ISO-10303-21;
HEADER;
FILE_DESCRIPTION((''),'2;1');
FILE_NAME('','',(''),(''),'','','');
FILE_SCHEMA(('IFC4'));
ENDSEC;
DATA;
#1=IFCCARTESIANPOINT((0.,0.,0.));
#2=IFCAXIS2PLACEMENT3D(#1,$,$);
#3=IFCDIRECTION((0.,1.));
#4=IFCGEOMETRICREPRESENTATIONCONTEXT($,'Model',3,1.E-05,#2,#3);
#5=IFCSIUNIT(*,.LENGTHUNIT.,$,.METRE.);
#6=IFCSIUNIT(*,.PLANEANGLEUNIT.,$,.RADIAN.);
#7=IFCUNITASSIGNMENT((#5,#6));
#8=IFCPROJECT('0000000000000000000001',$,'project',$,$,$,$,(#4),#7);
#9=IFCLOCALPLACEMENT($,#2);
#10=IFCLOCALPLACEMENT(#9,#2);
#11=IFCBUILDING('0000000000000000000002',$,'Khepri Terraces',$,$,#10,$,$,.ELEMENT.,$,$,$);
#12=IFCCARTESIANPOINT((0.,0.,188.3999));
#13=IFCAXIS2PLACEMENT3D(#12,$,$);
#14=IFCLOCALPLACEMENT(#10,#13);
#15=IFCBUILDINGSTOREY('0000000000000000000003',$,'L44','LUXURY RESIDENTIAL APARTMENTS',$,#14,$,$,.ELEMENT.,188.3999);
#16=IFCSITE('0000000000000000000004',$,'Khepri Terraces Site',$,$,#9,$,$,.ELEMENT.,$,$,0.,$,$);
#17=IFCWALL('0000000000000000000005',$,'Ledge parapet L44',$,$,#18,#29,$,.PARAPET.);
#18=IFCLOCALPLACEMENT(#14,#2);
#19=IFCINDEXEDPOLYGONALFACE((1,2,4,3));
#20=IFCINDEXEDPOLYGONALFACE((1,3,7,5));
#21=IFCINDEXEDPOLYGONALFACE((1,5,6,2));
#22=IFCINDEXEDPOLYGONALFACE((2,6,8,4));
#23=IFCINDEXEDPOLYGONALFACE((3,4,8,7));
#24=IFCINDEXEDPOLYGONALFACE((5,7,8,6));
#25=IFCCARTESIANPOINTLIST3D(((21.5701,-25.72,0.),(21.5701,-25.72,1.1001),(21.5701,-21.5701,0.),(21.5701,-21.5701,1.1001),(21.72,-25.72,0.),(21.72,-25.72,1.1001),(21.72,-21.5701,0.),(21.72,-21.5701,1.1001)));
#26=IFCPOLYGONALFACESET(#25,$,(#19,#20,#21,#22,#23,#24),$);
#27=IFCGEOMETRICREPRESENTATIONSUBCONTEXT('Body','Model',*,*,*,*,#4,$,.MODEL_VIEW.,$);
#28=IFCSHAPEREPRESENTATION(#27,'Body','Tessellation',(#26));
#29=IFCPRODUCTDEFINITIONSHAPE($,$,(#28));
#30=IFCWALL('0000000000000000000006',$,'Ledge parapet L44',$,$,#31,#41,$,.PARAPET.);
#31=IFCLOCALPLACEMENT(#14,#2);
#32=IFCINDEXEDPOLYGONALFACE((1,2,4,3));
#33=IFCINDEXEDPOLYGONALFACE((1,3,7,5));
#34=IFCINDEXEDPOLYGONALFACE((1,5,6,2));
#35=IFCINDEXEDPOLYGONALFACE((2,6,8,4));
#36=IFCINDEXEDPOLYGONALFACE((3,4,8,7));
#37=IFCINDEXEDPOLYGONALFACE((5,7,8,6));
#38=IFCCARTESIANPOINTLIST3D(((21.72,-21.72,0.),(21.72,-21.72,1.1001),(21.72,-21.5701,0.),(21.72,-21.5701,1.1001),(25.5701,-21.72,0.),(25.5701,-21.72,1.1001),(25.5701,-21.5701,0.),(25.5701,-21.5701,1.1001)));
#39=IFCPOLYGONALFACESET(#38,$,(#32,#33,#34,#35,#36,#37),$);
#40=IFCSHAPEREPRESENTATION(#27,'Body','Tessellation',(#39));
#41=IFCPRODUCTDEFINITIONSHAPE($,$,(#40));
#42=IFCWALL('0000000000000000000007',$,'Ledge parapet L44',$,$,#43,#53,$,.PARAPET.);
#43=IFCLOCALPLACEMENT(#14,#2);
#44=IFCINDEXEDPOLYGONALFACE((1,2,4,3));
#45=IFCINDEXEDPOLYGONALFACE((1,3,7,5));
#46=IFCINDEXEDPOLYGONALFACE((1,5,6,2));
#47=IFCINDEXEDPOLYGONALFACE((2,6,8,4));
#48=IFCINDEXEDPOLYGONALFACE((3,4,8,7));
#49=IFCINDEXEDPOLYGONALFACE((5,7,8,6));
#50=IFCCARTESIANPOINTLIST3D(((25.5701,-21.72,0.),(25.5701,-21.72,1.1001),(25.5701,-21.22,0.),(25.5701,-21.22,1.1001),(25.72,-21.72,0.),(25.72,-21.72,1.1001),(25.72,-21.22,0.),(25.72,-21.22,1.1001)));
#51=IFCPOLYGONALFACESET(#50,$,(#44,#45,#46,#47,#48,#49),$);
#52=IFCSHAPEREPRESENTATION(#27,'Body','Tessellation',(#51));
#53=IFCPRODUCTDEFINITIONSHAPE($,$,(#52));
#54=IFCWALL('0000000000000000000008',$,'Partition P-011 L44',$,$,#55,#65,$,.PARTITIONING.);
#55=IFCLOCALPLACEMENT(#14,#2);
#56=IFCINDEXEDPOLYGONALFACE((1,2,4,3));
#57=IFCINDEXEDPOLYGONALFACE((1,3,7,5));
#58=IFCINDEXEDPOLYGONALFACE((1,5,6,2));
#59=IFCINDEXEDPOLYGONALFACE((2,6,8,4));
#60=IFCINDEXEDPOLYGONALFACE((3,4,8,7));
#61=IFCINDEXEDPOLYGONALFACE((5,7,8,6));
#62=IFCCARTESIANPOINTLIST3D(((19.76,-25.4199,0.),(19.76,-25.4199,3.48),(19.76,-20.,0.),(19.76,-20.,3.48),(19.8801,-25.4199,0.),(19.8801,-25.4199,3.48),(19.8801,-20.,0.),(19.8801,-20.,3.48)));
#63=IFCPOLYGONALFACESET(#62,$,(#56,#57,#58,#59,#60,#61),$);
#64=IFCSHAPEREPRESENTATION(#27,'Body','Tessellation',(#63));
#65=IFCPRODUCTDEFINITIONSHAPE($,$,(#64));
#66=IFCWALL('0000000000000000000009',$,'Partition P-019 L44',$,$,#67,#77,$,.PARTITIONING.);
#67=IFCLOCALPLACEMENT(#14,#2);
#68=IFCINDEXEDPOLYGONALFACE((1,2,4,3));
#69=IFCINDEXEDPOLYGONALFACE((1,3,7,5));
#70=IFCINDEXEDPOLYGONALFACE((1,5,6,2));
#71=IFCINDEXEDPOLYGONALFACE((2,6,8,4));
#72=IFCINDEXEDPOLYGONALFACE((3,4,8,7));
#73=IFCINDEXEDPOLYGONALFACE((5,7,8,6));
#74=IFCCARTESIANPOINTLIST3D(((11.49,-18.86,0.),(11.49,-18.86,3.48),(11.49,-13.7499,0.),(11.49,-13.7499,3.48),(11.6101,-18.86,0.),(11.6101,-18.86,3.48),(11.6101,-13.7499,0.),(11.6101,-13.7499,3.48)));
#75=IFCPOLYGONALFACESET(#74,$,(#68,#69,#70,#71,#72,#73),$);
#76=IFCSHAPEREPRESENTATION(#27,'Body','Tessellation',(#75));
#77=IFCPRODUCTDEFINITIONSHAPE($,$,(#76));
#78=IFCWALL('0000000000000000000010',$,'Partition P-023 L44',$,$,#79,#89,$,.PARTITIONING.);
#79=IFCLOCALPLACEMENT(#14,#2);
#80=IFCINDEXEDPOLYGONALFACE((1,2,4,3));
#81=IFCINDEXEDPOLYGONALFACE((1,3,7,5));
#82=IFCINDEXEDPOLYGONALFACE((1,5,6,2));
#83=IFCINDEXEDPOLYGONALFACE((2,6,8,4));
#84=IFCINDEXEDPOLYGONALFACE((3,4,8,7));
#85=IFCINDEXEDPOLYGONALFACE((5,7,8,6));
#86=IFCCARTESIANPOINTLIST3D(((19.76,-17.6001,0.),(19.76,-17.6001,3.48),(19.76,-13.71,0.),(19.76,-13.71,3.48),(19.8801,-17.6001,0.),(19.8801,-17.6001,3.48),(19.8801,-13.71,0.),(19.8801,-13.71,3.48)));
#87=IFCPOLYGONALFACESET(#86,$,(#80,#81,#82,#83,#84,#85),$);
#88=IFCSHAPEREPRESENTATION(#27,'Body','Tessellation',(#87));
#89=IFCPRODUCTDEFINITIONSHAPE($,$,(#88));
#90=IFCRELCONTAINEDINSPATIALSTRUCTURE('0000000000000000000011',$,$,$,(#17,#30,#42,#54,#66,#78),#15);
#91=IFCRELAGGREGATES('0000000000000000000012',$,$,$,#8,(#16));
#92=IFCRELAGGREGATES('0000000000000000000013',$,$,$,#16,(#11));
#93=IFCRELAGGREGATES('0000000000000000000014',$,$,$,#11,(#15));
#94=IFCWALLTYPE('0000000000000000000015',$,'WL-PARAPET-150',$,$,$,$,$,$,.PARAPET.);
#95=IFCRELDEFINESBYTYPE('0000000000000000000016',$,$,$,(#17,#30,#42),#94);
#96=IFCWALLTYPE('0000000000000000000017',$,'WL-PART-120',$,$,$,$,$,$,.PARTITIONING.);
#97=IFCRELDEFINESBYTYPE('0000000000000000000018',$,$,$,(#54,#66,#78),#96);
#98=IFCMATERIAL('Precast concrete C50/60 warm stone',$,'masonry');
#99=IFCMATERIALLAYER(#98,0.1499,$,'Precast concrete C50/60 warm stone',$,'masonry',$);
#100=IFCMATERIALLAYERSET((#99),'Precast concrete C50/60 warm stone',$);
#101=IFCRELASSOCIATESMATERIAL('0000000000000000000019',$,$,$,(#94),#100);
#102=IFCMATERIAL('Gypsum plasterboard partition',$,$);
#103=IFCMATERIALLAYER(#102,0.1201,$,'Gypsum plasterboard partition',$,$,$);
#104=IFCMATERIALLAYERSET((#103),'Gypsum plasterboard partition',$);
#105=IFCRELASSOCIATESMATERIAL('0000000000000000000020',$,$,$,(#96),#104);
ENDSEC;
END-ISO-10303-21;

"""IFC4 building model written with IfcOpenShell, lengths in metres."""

from ifc_helpers import new_model, si_unit, direction, frame, frame_2d, origin, place, context, subcontext, project, spatial, rectangle, extrude, material, layer, layer_set, type_object, element, save


model = new_model("IFC4")

# Units and contexts
model_context = context("Model", 3, precision=1e-05, world=origin(), true_north=direction((0.0, 1.0)))
body_context = subcontext(model_context, "Body", "Model", "MODEL_VIEW")
ifc_project = project(units=[si_unit("LENGTHUNIT", "METRE"), si_unit("PLANEANGLEUNIT", "RADIAN")], contexts=[model_context])

# Site, building, storey
site_placement = place(None, origin())
site = spatial("IfcSite", under=ifc_project, at=site_placement, Name="Khepri Terraces Site", CompositionType="ELEMENT", RefElevation=0.0)
building_placement = place(site_placement, origin())
building = spatial("IfcBuilding", under=site, at=building_placement, Name="Khepri Terraces", CompositionType="ELEMENT")
storey_placement = place(building_placement, frame((0.0, 0.0, 188.3999)))
storey = spatial("IfcBuildingStorey", under=building, at=storey_placement, Name="L44", Description="LUXURY RESIDENTIAL APARTMENTS", CompositionType="ELEMENT", Elevation=188.3999)

# Shared definitions
ifc_material_1 = material(Name="Precast concrete C50/60 warm stone", Category="masonry")

# Walls
ifc_layer_1 = layer(ifc_material_1, 0.1499, Name="Precast concrete C50/60 warm stone", Category="masonry")
ifc_layer_set_1 = layer_set([ifc_layer_1], Name="Precast concrete C50/60 warm stone")
wall_type_1 = type_object("IfcWallType", Name="WL-PARAPET-150", PredefinedType="PARAPET", material=ifc_layer_set_1)
wall_1_placement = place(storey_placement, frame((21.645, -25.72, 0.0), z_axis=(0.0, 0.0, 1.0), x_axis=(0.0, 1.0, 0.0)))
element("IfcWall", 1, at=wall_1_placement, inside=storey, type_object=wall_type_1, Name="Ledge parapet L44", PredefinedType="PARAPET", context=body_context, shape_type="SweptSolid", body=[
    extrude(rectangle(XDim=4.1499, YDim=0.1499, at=frame_2d((2.075, 0.0))), origin(), (0.0, 0.0, 1.0), 1.1001),
])
wall_2_placement = place(storey_placement, frame((21.72, -21.645, 0.0), z_axis=(0.0, 0.0, 1.0), x_axis=(1.0, 0.0, 0.0)))
element("IfcWall", 2, at=wall_2_placement, inside=storey, type_object=wall_type_1, Name="Ledge parapet L44", PredefinedType="PARAPET", context=body_context, shape_type="SweptSolid", body=[
    extrude(rectangle(XDim=3.8501, YDim=0.1499, at=frame_2d((1.925, 0.0))), origin(), (0.0, 0.0, 1.0), 1.1001),
])
wall_3_placement = place(storey_placement, frame((25.645, -21.72, 0.0), z_axis=(0.0, 0.0, 1.0), x_axis=(0.0, 1.0, 0.0)))
element("IfcWall", 3, at=wall_3_placement, inside=storey, type_object=wall_type_1, Name="Ledge parapet L44", PredefinedType="PARAPET", context=body_context, shape_type="SweptSolid", body=[
    extrude(rectangle(XDim=0.5, YDim=0.1499, at=frame_2d((0.25, 0.0))), origin(), (0.0, 0.0, 1.0), 1.1001),
])
ifc_material_2 = material(Name="Gypsum plasterboard partition")
ifc_layer_2 = layer(ifc_material_2, 0.1201, Name="Gypsum plasterboard partition")
ifc_layer_set_2 = layer_set([ifc_layer_2], Name="Gypsum plasterboard partition")
wall_type_2 = type_object("IfcWallType", Name="WL-PART-120", PredefinedType="PARTITIONING", material=ifc_layer_set_2)
wall_4_placement = place(storey_placement, frame((19.8201, -25.4199, 0.0), z_axis=(0.0, 0.0, 1.0), x_axis=(0.0, 1.0, 0.0)))
element("IfcWall", 4, at=wall_4_placement, inside=storey, type_object=wall_type_2, Name="Partition P-011 L44", PredefinedType="PARTITIONING", context=body_context, shape_type="SweptSolid", body=[
    extrude(rectangle(XDim=5.4199, YDim=0.1201, at=frame_2d((2.71, 0.0))), origin(), (0.0, 0.0, 1.0), 3.48),
])
wall_5_placement = place(storey_placement, frame((11.55, -18.8601, 0.0), z_axis=(0.0, 0.0, 1.0), x_axis=(0.0, 1.0, 0.0)))
element("IfcWall", 5, at=wall_5_placement, inside=storey, type_object=wall_type_2, Name="Partition P-019 L44", PredefinedType="PARTITIONING", context=body_context, shape_type="SweptSolid", body=[
    extrude(rectangle(XDim=5.1101, YDim=0.1201, at=frame_2d((2.5552, 0.0))), origin(), (0.0, 0.0, 1.0), 3.48),
])
wall_6_placement = place(storey_placement, frame((19.8201, -17.6001, 0.0), z_axis=(0.0, 0.0, 1.0), x_axis=(0.0, 1.0, 0.0)))
element("IfcWall", 6, at=wall_6_placement, inside=storey, type_object=wall_type_2, Name="Partition P-023 L44", PredefinedType="PARTITIONING", context=body_context, shape_type="SweptSolid", body=[
    extrude(rectangle(XDim=3.8901, YDim=0.1201, at=frame_2d((1.9451, 0.0))), origin(), (0.0, 0.0, 1.0), 3.48),
])

save(model, "model.ifc")
